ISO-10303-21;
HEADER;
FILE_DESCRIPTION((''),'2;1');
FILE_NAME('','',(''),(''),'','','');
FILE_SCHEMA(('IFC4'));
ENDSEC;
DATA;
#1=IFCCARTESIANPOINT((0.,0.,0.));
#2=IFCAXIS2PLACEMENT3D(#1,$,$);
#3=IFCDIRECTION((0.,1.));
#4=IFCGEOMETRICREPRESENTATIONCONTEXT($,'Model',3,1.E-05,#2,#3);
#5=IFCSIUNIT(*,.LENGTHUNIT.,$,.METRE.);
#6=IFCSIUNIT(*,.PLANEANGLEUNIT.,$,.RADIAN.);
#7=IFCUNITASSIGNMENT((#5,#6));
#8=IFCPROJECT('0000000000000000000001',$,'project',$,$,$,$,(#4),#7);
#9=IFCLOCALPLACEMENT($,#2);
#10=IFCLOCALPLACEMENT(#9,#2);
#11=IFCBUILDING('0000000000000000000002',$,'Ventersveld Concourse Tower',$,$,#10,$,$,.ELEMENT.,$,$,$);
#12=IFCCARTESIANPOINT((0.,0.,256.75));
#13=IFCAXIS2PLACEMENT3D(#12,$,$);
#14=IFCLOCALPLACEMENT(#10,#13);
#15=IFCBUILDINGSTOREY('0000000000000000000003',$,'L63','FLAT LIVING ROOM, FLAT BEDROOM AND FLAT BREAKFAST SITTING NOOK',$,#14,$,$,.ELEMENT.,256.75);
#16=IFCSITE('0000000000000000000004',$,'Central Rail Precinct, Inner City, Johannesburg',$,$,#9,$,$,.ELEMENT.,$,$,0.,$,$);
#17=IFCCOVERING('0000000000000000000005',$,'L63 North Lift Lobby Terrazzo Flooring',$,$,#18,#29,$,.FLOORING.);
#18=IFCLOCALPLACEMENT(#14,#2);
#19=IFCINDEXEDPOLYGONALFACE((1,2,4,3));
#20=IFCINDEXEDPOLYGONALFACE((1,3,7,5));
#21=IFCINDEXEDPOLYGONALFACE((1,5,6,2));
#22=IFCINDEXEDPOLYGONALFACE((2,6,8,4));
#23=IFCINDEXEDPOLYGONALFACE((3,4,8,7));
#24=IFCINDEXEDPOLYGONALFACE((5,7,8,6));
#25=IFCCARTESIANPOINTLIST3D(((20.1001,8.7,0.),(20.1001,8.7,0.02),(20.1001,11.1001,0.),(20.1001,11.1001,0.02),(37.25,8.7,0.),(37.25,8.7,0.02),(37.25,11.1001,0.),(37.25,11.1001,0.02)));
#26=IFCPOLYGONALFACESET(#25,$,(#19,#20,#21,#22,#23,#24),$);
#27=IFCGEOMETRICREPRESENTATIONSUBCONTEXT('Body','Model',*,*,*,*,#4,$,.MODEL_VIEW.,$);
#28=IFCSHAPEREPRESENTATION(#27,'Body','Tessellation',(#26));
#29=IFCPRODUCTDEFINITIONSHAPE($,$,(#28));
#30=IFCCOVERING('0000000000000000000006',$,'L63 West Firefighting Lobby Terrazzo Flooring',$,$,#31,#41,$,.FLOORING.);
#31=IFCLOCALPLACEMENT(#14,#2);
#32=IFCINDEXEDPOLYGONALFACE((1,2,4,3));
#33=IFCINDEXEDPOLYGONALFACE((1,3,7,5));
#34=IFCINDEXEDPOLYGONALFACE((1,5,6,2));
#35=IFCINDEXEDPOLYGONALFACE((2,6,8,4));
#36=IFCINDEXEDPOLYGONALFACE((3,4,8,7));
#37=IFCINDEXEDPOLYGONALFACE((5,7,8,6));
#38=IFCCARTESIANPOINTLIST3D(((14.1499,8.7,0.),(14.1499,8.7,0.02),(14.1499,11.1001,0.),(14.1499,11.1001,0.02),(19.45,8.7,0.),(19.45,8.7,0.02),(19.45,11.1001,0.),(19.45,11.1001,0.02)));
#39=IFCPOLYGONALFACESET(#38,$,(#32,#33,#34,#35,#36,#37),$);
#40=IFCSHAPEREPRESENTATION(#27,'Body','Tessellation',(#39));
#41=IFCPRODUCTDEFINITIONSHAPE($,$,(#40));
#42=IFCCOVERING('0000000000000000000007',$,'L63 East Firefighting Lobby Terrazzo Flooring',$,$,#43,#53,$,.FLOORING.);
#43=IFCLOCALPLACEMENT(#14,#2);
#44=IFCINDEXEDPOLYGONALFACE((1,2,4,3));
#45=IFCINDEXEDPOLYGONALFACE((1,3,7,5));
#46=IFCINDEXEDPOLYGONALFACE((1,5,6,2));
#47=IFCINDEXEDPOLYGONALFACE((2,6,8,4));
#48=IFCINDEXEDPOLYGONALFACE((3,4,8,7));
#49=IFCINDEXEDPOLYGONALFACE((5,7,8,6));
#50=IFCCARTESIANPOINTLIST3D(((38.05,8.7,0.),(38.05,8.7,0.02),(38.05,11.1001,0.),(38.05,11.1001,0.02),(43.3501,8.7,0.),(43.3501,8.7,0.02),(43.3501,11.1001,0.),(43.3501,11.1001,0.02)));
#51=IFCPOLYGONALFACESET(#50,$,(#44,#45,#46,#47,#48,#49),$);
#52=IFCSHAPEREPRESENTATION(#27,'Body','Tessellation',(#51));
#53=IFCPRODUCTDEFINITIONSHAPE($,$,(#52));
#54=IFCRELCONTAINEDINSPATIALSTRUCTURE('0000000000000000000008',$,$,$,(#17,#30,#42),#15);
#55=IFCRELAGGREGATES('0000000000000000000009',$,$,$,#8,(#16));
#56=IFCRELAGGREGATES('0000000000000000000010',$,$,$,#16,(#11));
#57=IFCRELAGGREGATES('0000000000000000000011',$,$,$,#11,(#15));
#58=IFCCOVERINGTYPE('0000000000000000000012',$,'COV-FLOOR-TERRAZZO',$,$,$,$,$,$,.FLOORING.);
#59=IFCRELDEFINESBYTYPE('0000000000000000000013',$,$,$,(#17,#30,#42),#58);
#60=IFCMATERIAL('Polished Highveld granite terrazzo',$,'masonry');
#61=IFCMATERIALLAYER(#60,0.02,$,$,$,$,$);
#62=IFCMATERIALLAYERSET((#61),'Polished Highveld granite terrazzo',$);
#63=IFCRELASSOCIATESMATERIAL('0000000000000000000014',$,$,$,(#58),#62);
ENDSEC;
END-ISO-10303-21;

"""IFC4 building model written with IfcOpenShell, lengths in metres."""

from ifc_helpers import new_model, si_unit, direction, frame, origin, place, context, subcontext, project, spatial, polyline, outline, extrude, material, layer, layer_set, type_object, element, save


model = new_model("IFC4")

# Units and contexts
model_context = context("Model", 3, precision=1e-05, world=origin(), true_north=direction((0.0, 1.0)))
body_context = subcontext(model_context, "Body", "Model", "MODEL_VIEW")
ifc_project = project(units=[si_unit("LENGTHUNIT", "METRE"), si_unit("PLANEANGLEUNIT", "RADIAN")], contexts=[model_context])

# Site, building, storey
site_placement = place(None, origin())
site = spatial("IfcSite", under=ifc_project, at=site_placement, Name="Central Rail Precinct, Inner City, Johannesburg", CompositionType="ELEMENT", RefElevation=0.0)
building_placement = place(site_placement, origin())
building = spatial("IfcBuilding", under=site, at=building_placement, Name="Ventersveld Concourse Tower", CompositionType="ELEMENT")
storey_placement = place(building_placement, frame((0.0, 0.0, 256.75)))
storey = spatial("IfcBuildingStorey", under=building, at=storey_placement, Name="L63", Description="FLAT LIVING ROOM, FLAT BEDROOM AND FLAT BREAKFAST SITTING NOOK", CompositionType="ELEMENT", Elevation=256.75)

# Coverings
ifc_material_1 = material(Name="Polished Highveld granite terrazzo", Category="masonry")
ifc_layer_1 = layer(ifc_material_1, 0.02)
ifc_layer_set_1 = layer_set([ifc_layer_1], Name="Polished Highveld granite terrazzo")
covering_type_1 = type_object("IfcCoveringType", Name="COV-FLOOR-TERRAZZO", PredefinedType="FLOORING", material=ifc_layer_set_1)
covering_1_placement = place(storey_placement, origin())
element("IfcCovering", 1, at=covering_1_placement, inside=storey, type_object=covering_type_1, Name="L63 North Lift Lobby Terrazzo Flooring", PredefinedType="FLOORING", context=body_context, shape_type="SweptSolid", body=[
    extrude(outline(polyline([(20.1001, 8.7), (37.25, 8.7), (37.25, 11.1001), (20.1001, 11.1001), (20.1001, 8.7)])), origin(), (0.0, 0.0, 1.0), 0.02),
])
covering_2_placement = place(storey_placement, origin())
element("IfcCovering", 2, at=covering_2_placement, inside=storey, type_object=covering_type_1, Name="L63 West Firefighting Lobby Terrazzo Flooring", PredefinedType="FLOORING", context=body_context, shape_type="SweptSolid", body=[
    extrude(outline(polyline([(14.1499, 8.7), (19.45, 8.7), (19.45, 11.1001), (14.1499, 11.1001), (14.1499, 8.7)])), origin(), (0.0, 0.0, 1.0), 0.02),
])
covering_3_placement = place(storey_placement, origin())
element("IfcCovering", 3, at=covering_3_placement, inside=storey, type_object=covering_type_1, Name="L63 East Firefighting Lobby Terrazzo Flooring", PredefinedType="FLOORING", context=body_context, shape_type="SweptSolid", body=[
    extrude(outline(polyline([(38.05, 8.7), (43.3501, 8.7), (43.3501, 11.1001), (38.05, 11.1001), (38.05, 8.7)])), origin(), (0.0, 0.0, 1.0), 0.02),
])

save(model, "model.ifc")
